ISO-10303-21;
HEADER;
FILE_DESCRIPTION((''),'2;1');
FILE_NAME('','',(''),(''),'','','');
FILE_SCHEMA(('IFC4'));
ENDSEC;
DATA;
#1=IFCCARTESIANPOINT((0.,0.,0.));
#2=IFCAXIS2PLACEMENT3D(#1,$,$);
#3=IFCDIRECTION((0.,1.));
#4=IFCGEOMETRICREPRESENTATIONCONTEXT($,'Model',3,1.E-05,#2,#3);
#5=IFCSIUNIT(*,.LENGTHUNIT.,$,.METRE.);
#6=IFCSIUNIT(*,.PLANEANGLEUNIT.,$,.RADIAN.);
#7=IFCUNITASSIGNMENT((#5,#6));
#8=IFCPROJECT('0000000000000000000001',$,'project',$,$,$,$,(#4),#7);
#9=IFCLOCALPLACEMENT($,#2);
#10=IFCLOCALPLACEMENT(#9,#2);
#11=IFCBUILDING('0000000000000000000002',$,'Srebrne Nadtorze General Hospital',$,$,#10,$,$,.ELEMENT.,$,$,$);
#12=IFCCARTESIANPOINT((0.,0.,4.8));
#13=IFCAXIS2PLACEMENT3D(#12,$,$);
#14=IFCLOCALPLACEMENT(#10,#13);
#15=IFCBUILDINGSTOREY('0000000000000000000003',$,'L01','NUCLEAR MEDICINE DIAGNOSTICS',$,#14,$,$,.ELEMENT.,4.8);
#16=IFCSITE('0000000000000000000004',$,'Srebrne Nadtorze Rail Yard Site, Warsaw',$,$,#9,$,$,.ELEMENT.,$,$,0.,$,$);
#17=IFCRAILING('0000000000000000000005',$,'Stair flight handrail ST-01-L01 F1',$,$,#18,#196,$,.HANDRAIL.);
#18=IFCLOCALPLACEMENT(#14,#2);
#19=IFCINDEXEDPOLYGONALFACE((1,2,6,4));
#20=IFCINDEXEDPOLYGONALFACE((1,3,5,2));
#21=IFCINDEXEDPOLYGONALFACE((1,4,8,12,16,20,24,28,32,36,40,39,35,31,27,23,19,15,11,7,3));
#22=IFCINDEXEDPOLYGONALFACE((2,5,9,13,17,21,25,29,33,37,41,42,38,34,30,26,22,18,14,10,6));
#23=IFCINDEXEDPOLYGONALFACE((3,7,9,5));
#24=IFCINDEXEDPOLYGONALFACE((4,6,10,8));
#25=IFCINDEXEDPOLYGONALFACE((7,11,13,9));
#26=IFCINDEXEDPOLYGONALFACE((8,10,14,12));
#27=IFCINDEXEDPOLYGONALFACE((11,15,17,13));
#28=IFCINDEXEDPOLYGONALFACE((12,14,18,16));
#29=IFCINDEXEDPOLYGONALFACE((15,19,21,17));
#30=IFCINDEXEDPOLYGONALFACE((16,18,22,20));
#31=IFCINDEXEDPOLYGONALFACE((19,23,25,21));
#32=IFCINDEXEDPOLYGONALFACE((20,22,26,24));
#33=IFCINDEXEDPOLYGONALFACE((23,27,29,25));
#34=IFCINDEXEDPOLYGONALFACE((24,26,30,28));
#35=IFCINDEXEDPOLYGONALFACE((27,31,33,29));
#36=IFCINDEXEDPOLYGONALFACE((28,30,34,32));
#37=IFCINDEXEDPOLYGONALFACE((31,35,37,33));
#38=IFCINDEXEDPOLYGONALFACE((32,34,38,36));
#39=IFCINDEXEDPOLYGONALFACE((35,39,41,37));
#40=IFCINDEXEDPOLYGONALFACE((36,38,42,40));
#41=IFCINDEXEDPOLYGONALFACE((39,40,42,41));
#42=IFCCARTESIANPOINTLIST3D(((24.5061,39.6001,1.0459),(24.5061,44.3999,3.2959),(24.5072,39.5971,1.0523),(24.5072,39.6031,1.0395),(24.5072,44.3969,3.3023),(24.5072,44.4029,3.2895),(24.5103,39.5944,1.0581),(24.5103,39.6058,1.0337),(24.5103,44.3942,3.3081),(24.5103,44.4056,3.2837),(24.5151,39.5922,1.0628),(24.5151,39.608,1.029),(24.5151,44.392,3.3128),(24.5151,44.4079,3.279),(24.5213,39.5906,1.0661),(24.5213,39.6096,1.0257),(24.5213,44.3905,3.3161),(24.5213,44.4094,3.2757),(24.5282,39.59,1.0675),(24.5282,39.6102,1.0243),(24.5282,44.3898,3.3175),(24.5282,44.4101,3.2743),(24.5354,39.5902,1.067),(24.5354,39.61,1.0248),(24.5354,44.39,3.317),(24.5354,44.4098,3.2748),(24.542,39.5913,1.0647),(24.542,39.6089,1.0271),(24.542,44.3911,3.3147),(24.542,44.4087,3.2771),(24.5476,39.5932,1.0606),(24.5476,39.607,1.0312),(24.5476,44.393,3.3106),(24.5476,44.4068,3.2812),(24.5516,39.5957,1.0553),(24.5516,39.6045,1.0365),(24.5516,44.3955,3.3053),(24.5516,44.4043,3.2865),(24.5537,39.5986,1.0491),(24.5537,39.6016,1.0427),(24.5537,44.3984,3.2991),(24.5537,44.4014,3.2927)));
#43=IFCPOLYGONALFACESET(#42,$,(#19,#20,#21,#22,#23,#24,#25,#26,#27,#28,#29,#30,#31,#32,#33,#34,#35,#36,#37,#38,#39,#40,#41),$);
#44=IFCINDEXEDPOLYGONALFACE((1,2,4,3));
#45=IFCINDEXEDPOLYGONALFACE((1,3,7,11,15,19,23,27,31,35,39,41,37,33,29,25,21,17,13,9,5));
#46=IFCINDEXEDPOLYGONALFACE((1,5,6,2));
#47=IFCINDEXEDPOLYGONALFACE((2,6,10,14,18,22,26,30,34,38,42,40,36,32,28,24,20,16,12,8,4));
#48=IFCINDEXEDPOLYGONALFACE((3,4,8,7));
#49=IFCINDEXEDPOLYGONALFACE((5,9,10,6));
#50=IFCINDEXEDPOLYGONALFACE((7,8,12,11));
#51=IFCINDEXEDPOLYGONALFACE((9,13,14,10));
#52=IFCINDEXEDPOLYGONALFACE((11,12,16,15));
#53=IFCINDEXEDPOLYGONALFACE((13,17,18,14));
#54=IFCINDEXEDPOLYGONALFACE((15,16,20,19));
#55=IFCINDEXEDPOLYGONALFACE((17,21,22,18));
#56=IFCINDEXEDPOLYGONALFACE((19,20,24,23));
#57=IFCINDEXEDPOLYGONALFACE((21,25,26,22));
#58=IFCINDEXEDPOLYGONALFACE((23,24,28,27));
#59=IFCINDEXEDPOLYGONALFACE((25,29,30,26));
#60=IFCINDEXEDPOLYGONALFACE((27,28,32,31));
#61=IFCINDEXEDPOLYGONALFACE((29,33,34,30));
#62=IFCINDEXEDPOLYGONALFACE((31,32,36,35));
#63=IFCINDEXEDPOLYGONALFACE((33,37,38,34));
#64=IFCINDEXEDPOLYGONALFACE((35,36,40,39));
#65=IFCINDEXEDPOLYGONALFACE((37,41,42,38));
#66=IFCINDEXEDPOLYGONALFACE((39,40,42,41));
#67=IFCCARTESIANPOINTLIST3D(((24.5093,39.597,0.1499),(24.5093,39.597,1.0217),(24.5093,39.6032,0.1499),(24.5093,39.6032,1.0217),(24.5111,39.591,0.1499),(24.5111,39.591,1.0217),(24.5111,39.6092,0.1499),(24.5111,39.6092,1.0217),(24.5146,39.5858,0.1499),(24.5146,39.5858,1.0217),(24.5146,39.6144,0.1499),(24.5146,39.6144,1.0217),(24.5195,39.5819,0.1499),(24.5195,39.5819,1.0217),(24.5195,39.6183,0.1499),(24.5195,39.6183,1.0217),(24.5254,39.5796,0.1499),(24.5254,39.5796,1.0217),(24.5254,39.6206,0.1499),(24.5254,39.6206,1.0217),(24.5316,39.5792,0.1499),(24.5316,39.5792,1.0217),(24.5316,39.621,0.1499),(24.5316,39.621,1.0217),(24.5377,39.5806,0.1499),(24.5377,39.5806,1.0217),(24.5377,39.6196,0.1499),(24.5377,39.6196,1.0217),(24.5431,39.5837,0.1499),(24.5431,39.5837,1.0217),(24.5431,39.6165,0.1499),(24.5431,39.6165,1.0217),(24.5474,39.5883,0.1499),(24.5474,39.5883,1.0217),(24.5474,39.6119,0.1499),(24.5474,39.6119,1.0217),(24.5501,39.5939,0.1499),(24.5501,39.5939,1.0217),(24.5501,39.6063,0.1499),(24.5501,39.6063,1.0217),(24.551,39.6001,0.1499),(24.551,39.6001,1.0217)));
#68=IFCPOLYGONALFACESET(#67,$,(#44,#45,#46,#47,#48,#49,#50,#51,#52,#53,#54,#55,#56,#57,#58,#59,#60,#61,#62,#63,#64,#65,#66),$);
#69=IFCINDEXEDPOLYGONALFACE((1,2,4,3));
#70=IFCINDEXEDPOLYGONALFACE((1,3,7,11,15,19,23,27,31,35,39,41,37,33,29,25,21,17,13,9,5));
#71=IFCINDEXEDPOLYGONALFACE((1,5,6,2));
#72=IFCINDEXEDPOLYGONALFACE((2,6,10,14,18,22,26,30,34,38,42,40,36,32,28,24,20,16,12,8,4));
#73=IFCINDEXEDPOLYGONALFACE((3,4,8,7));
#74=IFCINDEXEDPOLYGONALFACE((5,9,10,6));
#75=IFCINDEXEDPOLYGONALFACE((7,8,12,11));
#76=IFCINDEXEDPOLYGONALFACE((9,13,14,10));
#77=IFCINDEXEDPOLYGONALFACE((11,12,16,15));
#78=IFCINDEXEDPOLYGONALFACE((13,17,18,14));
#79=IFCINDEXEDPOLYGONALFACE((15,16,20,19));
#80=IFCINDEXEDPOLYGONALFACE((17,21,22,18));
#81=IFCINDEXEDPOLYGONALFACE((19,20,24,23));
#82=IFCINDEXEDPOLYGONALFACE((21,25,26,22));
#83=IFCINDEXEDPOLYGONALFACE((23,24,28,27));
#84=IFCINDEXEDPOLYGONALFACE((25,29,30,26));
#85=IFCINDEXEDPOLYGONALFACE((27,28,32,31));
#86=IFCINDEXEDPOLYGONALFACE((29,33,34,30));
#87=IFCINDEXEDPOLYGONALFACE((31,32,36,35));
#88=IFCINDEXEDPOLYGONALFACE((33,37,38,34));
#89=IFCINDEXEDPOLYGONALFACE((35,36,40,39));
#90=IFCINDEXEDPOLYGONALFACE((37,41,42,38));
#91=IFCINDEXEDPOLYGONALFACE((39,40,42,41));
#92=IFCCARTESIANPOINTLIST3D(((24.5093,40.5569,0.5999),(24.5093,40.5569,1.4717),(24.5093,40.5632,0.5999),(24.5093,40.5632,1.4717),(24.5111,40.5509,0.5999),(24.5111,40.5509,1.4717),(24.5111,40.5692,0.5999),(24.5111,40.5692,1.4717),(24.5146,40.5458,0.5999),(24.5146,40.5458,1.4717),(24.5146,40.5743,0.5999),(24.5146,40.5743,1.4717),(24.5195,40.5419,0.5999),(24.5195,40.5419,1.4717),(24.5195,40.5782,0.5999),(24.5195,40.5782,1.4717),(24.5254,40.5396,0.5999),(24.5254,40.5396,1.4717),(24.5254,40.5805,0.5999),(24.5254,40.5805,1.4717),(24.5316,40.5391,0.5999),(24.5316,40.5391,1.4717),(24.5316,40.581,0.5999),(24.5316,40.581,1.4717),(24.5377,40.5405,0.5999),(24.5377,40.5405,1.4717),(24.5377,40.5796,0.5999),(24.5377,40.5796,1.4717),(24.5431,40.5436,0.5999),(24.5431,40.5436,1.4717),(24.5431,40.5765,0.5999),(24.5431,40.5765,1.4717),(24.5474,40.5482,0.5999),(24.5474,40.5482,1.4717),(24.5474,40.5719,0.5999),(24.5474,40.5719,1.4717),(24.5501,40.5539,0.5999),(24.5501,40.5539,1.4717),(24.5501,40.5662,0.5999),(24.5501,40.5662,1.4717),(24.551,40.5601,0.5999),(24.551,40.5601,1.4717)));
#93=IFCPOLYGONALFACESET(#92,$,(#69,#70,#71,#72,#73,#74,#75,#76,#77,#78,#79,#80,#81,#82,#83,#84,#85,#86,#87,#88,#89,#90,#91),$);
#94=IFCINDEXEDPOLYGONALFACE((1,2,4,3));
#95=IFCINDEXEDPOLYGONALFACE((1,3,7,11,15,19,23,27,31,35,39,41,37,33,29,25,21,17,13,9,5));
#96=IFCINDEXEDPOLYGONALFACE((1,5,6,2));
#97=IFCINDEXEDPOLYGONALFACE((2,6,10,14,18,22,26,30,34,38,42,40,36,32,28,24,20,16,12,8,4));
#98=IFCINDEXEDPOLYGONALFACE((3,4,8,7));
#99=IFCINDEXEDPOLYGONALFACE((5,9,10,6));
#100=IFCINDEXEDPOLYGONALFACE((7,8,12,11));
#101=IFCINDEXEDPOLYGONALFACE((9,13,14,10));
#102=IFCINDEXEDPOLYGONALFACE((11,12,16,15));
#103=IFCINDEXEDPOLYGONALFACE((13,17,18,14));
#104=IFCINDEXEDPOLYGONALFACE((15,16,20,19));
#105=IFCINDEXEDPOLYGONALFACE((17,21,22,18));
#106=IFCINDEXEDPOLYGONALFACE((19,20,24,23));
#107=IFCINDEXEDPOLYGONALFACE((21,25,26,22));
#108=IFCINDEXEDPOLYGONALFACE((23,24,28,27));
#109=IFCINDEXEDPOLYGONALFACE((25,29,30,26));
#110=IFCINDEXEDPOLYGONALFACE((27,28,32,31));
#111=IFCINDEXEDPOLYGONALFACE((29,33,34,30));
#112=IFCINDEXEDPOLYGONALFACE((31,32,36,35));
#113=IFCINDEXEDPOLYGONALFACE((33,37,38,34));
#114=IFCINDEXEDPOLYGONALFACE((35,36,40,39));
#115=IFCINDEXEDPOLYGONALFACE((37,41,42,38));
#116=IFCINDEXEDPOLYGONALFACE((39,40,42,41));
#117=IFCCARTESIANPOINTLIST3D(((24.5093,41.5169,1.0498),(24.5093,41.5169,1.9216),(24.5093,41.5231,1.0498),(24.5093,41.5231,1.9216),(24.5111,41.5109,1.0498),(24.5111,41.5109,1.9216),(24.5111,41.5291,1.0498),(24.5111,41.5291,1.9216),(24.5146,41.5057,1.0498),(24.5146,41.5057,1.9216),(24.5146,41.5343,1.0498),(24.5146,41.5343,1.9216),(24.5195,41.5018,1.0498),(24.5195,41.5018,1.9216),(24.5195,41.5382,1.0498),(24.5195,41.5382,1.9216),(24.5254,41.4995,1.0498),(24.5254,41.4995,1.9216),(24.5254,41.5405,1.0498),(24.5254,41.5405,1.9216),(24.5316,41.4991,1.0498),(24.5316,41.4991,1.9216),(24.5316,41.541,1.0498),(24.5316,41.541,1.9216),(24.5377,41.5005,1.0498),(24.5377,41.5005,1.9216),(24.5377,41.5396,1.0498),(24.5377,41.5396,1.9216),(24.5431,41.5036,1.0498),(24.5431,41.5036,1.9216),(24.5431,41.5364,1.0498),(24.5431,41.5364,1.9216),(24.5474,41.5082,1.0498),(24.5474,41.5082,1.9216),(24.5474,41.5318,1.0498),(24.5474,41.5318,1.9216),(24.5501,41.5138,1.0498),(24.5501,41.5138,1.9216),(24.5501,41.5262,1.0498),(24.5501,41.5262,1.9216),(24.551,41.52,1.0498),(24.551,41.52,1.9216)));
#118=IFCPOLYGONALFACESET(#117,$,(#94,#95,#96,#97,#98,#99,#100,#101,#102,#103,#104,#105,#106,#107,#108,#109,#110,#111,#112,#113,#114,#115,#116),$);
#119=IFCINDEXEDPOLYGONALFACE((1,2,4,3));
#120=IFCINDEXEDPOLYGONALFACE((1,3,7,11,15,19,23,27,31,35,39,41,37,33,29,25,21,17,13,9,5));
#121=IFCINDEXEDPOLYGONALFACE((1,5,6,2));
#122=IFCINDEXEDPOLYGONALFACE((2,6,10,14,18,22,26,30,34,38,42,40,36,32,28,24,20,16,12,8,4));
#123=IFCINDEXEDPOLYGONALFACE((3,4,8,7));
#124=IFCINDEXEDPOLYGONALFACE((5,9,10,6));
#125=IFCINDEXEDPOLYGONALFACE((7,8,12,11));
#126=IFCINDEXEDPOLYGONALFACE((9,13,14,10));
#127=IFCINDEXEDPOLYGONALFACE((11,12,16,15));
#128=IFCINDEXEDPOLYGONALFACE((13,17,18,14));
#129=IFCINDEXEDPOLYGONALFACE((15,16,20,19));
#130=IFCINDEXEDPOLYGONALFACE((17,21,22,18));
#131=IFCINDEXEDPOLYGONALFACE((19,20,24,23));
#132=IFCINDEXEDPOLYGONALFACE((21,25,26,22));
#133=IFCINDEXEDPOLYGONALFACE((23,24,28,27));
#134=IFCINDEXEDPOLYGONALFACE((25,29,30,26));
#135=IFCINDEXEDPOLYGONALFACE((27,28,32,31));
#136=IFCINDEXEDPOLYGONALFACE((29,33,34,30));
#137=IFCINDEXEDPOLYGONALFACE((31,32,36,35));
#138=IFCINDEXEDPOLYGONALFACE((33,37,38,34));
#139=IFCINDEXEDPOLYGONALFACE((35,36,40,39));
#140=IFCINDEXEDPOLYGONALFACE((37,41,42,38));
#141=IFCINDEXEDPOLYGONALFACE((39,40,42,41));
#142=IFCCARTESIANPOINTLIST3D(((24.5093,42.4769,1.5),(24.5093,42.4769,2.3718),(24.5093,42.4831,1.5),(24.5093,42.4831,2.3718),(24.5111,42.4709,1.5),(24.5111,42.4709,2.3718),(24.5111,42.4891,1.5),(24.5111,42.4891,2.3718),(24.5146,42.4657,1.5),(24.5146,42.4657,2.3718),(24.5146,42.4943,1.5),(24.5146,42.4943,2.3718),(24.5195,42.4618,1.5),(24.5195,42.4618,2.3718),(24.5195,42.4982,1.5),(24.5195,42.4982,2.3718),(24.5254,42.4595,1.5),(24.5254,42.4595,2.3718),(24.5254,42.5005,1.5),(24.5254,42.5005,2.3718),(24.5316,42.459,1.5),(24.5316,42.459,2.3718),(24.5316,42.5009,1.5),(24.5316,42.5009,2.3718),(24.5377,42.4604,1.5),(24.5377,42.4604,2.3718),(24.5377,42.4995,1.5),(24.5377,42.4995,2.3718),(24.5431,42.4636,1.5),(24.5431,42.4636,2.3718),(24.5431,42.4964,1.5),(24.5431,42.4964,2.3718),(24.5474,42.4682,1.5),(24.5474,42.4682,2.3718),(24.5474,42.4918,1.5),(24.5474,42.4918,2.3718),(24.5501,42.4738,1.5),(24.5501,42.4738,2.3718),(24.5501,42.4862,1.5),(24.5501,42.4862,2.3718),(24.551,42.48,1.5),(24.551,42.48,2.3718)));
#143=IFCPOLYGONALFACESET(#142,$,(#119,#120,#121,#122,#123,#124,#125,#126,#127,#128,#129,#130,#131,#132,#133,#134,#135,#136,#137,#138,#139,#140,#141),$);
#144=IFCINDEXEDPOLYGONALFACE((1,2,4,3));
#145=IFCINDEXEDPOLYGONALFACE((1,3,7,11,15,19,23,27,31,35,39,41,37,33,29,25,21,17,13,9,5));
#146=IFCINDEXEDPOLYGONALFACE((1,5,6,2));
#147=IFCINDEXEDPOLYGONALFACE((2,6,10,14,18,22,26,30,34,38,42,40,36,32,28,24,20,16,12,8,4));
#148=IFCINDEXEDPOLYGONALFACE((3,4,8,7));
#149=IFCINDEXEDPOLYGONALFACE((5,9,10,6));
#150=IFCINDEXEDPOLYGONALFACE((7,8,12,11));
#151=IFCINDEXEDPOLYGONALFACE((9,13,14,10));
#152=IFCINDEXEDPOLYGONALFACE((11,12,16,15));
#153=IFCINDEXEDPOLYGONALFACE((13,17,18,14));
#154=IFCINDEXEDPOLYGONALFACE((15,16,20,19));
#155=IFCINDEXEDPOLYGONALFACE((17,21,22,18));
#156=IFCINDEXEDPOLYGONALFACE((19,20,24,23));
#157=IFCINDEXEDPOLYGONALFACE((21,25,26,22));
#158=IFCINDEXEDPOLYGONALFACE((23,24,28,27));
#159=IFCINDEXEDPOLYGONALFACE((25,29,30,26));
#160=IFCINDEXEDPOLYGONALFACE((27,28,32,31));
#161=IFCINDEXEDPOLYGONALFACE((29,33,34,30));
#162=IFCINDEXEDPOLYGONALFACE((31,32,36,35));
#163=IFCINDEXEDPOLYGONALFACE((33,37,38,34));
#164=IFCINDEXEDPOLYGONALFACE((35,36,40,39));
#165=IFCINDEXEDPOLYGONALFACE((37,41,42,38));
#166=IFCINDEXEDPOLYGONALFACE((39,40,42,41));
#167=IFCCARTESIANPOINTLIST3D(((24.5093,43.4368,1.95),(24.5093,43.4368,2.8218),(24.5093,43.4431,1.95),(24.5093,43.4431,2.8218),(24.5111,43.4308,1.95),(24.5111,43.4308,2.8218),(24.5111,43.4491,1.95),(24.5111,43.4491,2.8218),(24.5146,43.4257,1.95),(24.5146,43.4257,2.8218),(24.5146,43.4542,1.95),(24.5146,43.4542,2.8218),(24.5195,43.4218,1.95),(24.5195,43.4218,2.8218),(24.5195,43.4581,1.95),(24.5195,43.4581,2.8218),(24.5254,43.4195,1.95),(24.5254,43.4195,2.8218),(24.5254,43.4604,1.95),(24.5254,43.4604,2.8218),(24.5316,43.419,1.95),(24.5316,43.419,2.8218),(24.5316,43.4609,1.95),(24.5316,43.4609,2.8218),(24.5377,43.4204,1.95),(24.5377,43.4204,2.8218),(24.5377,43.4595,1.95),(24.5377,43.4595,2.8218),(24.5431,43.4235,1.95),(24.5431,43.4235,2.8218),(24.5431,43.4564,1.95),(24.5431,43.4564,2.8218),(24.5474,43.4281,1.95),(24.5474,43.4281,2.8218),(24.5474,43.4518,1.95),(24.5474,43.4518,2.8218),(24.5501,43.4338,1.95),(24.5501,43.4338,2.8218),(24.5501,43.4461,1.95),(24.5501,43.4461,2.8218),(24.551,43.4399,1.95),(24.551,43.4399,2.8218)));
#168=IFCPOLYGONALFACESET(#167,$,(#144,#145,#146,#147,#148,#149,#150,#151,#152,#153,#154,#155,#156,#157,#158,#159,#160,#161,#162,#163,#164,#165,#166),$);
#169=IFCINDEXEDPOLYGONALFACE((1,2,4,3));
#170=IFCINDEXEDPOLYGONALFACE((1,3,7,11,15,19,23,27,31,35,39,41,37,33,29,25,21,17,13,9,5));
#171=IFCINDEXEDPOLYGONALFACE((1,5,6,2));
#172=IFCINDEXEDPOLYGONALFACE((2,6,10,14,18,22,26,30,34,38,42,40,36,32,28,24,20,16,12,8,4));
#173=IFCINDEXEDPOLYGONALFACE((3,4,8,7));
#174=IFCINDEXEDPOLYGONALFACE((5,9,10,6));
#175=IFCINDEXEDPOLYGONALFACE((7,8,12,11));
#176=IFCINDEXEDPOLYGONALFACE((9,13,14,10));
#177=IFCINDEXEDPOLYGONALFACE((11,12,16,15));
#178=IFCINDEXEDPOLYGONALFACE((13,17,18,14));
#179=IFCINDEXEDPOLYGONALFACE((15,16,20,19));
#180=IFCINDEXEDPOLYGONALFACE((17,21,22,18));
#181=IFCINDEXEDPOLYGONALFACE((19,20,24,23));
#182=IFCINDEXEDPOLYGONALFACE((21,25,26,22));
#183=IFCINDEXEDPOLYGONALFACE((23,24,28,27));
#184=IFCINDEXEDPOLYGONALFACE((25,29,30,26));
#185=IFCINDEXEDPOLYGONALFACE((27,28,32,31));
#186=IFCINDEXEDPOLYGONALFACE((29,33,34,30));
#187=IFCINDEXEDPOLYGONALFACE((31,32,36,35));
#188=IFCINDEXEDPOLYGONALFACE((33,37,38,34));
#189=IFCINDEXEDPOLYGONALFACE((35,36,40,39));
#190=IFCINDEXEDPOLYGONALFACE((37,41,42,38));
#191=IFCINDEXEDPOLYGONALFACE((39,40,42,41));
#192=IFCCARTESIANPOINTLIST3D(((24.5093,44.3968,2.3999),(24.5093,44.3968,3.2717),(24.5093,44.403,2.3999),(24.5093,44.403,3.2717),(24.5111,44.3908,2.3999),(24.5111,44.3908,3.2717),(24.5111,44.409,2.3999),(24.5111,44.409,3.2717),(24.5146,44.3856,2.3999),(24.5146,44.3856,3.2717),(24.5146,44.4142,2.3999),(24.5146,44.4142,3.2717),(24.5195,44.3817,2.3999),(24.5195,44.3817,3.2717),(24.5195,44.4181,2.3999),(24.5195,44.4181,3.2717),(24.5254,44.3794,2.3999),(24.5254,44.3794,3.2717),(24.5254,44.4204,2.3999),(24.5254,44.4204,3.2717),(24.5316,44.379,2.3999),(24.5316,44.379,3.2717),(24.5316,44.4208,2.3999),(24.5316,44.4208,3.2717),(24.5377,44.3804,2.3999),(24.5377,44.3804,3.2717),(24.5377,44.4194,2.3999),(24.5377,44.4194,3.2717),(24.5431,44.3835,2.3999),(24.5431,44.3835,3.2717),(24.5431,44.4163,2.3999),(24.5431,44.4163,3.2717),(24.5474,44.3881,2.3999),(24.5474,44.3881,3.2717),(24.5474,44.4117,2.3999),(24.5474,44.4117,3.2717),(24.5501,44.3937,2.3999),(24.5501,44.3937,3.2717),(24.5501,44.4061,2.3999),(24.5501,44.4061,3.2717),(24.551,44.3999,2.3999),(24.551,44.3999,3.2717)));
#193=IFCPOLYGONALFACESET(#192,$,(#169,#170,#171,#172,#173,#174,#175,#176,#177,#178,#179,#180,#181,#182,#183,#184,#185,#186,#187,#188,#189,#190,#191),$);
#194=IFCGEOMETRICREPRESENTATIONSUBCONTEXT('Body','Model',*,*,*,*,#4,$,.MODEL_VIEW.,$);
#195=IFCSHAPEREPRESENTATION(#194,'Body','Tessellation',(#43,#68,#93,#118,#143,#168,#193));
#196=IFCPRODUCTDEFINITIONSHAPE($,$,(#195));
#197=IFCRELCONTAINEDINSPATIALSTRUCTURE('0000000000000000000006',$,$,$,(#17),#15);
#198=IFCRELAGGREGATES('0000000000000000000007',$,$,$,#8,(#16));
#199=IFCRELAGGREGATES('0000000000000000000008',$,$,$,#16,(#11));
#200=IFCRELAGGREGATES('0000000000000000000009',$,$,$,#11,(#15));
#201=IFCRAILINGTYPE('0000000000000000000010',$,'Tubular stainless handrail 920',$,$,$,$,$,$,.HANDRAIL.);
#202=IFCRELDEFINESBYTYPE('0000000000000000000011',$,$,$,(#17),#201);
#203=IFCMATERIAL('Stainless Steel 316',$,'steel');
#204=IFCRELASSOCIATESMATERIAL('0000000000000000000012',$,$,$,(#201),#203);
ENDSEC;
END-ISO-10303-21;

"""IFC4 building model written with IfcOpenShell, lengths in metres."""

from ifc_helpers import new_model, si_unit, direction, frame, origin, origin_2d, place, context, subcontext, project, spatial, circle, extrude, material, type_object, element, save


model = new_model("IFC4")

# Units and contexts
model_context = context("Model", 3, precision=1e-05, world=origin(), true_north=direction((0.0, 1.0)))
body_context = subcontext(model_context, "Body", "Model", "MODEL_VIEW")
ifc_project = project(units=[si_unit("LENGTHUNIT", "METRE"), si_unit("PLANEANGLEUNIT", "RADIAN")], contexts=[model_context])

# Site, building, storey
site_placement = place(None, origin())
site = spatial("IfcSite", under=ifc_project, at=site_placement, Name="Srebrne Nadtorze Rail Yard Site, Warsaw", CompositionType="ELEMENT", RefElevation=0.0)
building_placement = place(site_placement, origin())
building = spatial("IfcBuilding", under=site, at=building_placement, Name="Srebrne Nadtorze General Hospital", CompositionType="ELEMENT")
storey_placement = place(building_placement, frame((0.0, 0.0, 4.8)))
storey = spatial("IfcBuildingStorey", under=building, at=storey_placement, Name="L01", Description="NUCLEAR MEDICINE DIAGNOSTICS", CompositionType="ELEMENT", Elevation=4.8)

# Railing
ifc_material_1 = material(Name="Stainless Steel 316", Category="steel")
railing_type = type_object("IfcRailingType", Name="Tubular stainless handrail 920", PredefinedType="HANDRAIL", material=ifc_material_1)
railing_placement = place(storey_placement, frame((24.53, 39.6001, 0.1499)))
element("IfcRailing", 1, at=railing_placement, inside=storey, type_object=railing_type, Name="Stair flight handrail ST-01-L01 F1", PredefinedType="HANDRAIL", context=body_context, shape_type="SweptSolid", body=[
    extrude(circle(Radius=0.0239, at=origin_2d()), frame((0.0, 0.0, 0.896), z_axis=(0.0, 0.905452, 0.424448), x_axis=(-1.0, 0.0, 0.0)), (0.0, 0.0, 1.0), 5.301),
    extrude(circle(Radius=0.021, at=origin_2d()), origin(), (0.0, 0.0, 1.0), 0.8718),
    extrude(circle(Radius=0.021, at=origin_2d()), frame((0.0, 0.96, 0.45)), (0.0, 0.0, 1.0), 0.8718),
    extrude(circle(Radius=0.021, at=origin_2d()), frame((0.0, 1.9199, 0.8999)), (0.0, 0.0, 1.0), 0.8718),
    extrude(circle(Radius=0.021, at=origin_2d()), frame((0.0, 2.8799, 1.3501)), (0.0, 0.0, 1.0), 0.8718),
    extrude(circle(Radius=0.021, at=origin_2d()), frame((0.0, 3.8398, 1.8)), (0.0, 0.0, 1.0), 0.8718),
    extrude(circle(Radius=0.021, at=origin_2d()), frame((0.0, 4.7998, 2.25)), (0.0, 0.0, 1.0), 0.8718),
])

save(model, "model.ifc")
